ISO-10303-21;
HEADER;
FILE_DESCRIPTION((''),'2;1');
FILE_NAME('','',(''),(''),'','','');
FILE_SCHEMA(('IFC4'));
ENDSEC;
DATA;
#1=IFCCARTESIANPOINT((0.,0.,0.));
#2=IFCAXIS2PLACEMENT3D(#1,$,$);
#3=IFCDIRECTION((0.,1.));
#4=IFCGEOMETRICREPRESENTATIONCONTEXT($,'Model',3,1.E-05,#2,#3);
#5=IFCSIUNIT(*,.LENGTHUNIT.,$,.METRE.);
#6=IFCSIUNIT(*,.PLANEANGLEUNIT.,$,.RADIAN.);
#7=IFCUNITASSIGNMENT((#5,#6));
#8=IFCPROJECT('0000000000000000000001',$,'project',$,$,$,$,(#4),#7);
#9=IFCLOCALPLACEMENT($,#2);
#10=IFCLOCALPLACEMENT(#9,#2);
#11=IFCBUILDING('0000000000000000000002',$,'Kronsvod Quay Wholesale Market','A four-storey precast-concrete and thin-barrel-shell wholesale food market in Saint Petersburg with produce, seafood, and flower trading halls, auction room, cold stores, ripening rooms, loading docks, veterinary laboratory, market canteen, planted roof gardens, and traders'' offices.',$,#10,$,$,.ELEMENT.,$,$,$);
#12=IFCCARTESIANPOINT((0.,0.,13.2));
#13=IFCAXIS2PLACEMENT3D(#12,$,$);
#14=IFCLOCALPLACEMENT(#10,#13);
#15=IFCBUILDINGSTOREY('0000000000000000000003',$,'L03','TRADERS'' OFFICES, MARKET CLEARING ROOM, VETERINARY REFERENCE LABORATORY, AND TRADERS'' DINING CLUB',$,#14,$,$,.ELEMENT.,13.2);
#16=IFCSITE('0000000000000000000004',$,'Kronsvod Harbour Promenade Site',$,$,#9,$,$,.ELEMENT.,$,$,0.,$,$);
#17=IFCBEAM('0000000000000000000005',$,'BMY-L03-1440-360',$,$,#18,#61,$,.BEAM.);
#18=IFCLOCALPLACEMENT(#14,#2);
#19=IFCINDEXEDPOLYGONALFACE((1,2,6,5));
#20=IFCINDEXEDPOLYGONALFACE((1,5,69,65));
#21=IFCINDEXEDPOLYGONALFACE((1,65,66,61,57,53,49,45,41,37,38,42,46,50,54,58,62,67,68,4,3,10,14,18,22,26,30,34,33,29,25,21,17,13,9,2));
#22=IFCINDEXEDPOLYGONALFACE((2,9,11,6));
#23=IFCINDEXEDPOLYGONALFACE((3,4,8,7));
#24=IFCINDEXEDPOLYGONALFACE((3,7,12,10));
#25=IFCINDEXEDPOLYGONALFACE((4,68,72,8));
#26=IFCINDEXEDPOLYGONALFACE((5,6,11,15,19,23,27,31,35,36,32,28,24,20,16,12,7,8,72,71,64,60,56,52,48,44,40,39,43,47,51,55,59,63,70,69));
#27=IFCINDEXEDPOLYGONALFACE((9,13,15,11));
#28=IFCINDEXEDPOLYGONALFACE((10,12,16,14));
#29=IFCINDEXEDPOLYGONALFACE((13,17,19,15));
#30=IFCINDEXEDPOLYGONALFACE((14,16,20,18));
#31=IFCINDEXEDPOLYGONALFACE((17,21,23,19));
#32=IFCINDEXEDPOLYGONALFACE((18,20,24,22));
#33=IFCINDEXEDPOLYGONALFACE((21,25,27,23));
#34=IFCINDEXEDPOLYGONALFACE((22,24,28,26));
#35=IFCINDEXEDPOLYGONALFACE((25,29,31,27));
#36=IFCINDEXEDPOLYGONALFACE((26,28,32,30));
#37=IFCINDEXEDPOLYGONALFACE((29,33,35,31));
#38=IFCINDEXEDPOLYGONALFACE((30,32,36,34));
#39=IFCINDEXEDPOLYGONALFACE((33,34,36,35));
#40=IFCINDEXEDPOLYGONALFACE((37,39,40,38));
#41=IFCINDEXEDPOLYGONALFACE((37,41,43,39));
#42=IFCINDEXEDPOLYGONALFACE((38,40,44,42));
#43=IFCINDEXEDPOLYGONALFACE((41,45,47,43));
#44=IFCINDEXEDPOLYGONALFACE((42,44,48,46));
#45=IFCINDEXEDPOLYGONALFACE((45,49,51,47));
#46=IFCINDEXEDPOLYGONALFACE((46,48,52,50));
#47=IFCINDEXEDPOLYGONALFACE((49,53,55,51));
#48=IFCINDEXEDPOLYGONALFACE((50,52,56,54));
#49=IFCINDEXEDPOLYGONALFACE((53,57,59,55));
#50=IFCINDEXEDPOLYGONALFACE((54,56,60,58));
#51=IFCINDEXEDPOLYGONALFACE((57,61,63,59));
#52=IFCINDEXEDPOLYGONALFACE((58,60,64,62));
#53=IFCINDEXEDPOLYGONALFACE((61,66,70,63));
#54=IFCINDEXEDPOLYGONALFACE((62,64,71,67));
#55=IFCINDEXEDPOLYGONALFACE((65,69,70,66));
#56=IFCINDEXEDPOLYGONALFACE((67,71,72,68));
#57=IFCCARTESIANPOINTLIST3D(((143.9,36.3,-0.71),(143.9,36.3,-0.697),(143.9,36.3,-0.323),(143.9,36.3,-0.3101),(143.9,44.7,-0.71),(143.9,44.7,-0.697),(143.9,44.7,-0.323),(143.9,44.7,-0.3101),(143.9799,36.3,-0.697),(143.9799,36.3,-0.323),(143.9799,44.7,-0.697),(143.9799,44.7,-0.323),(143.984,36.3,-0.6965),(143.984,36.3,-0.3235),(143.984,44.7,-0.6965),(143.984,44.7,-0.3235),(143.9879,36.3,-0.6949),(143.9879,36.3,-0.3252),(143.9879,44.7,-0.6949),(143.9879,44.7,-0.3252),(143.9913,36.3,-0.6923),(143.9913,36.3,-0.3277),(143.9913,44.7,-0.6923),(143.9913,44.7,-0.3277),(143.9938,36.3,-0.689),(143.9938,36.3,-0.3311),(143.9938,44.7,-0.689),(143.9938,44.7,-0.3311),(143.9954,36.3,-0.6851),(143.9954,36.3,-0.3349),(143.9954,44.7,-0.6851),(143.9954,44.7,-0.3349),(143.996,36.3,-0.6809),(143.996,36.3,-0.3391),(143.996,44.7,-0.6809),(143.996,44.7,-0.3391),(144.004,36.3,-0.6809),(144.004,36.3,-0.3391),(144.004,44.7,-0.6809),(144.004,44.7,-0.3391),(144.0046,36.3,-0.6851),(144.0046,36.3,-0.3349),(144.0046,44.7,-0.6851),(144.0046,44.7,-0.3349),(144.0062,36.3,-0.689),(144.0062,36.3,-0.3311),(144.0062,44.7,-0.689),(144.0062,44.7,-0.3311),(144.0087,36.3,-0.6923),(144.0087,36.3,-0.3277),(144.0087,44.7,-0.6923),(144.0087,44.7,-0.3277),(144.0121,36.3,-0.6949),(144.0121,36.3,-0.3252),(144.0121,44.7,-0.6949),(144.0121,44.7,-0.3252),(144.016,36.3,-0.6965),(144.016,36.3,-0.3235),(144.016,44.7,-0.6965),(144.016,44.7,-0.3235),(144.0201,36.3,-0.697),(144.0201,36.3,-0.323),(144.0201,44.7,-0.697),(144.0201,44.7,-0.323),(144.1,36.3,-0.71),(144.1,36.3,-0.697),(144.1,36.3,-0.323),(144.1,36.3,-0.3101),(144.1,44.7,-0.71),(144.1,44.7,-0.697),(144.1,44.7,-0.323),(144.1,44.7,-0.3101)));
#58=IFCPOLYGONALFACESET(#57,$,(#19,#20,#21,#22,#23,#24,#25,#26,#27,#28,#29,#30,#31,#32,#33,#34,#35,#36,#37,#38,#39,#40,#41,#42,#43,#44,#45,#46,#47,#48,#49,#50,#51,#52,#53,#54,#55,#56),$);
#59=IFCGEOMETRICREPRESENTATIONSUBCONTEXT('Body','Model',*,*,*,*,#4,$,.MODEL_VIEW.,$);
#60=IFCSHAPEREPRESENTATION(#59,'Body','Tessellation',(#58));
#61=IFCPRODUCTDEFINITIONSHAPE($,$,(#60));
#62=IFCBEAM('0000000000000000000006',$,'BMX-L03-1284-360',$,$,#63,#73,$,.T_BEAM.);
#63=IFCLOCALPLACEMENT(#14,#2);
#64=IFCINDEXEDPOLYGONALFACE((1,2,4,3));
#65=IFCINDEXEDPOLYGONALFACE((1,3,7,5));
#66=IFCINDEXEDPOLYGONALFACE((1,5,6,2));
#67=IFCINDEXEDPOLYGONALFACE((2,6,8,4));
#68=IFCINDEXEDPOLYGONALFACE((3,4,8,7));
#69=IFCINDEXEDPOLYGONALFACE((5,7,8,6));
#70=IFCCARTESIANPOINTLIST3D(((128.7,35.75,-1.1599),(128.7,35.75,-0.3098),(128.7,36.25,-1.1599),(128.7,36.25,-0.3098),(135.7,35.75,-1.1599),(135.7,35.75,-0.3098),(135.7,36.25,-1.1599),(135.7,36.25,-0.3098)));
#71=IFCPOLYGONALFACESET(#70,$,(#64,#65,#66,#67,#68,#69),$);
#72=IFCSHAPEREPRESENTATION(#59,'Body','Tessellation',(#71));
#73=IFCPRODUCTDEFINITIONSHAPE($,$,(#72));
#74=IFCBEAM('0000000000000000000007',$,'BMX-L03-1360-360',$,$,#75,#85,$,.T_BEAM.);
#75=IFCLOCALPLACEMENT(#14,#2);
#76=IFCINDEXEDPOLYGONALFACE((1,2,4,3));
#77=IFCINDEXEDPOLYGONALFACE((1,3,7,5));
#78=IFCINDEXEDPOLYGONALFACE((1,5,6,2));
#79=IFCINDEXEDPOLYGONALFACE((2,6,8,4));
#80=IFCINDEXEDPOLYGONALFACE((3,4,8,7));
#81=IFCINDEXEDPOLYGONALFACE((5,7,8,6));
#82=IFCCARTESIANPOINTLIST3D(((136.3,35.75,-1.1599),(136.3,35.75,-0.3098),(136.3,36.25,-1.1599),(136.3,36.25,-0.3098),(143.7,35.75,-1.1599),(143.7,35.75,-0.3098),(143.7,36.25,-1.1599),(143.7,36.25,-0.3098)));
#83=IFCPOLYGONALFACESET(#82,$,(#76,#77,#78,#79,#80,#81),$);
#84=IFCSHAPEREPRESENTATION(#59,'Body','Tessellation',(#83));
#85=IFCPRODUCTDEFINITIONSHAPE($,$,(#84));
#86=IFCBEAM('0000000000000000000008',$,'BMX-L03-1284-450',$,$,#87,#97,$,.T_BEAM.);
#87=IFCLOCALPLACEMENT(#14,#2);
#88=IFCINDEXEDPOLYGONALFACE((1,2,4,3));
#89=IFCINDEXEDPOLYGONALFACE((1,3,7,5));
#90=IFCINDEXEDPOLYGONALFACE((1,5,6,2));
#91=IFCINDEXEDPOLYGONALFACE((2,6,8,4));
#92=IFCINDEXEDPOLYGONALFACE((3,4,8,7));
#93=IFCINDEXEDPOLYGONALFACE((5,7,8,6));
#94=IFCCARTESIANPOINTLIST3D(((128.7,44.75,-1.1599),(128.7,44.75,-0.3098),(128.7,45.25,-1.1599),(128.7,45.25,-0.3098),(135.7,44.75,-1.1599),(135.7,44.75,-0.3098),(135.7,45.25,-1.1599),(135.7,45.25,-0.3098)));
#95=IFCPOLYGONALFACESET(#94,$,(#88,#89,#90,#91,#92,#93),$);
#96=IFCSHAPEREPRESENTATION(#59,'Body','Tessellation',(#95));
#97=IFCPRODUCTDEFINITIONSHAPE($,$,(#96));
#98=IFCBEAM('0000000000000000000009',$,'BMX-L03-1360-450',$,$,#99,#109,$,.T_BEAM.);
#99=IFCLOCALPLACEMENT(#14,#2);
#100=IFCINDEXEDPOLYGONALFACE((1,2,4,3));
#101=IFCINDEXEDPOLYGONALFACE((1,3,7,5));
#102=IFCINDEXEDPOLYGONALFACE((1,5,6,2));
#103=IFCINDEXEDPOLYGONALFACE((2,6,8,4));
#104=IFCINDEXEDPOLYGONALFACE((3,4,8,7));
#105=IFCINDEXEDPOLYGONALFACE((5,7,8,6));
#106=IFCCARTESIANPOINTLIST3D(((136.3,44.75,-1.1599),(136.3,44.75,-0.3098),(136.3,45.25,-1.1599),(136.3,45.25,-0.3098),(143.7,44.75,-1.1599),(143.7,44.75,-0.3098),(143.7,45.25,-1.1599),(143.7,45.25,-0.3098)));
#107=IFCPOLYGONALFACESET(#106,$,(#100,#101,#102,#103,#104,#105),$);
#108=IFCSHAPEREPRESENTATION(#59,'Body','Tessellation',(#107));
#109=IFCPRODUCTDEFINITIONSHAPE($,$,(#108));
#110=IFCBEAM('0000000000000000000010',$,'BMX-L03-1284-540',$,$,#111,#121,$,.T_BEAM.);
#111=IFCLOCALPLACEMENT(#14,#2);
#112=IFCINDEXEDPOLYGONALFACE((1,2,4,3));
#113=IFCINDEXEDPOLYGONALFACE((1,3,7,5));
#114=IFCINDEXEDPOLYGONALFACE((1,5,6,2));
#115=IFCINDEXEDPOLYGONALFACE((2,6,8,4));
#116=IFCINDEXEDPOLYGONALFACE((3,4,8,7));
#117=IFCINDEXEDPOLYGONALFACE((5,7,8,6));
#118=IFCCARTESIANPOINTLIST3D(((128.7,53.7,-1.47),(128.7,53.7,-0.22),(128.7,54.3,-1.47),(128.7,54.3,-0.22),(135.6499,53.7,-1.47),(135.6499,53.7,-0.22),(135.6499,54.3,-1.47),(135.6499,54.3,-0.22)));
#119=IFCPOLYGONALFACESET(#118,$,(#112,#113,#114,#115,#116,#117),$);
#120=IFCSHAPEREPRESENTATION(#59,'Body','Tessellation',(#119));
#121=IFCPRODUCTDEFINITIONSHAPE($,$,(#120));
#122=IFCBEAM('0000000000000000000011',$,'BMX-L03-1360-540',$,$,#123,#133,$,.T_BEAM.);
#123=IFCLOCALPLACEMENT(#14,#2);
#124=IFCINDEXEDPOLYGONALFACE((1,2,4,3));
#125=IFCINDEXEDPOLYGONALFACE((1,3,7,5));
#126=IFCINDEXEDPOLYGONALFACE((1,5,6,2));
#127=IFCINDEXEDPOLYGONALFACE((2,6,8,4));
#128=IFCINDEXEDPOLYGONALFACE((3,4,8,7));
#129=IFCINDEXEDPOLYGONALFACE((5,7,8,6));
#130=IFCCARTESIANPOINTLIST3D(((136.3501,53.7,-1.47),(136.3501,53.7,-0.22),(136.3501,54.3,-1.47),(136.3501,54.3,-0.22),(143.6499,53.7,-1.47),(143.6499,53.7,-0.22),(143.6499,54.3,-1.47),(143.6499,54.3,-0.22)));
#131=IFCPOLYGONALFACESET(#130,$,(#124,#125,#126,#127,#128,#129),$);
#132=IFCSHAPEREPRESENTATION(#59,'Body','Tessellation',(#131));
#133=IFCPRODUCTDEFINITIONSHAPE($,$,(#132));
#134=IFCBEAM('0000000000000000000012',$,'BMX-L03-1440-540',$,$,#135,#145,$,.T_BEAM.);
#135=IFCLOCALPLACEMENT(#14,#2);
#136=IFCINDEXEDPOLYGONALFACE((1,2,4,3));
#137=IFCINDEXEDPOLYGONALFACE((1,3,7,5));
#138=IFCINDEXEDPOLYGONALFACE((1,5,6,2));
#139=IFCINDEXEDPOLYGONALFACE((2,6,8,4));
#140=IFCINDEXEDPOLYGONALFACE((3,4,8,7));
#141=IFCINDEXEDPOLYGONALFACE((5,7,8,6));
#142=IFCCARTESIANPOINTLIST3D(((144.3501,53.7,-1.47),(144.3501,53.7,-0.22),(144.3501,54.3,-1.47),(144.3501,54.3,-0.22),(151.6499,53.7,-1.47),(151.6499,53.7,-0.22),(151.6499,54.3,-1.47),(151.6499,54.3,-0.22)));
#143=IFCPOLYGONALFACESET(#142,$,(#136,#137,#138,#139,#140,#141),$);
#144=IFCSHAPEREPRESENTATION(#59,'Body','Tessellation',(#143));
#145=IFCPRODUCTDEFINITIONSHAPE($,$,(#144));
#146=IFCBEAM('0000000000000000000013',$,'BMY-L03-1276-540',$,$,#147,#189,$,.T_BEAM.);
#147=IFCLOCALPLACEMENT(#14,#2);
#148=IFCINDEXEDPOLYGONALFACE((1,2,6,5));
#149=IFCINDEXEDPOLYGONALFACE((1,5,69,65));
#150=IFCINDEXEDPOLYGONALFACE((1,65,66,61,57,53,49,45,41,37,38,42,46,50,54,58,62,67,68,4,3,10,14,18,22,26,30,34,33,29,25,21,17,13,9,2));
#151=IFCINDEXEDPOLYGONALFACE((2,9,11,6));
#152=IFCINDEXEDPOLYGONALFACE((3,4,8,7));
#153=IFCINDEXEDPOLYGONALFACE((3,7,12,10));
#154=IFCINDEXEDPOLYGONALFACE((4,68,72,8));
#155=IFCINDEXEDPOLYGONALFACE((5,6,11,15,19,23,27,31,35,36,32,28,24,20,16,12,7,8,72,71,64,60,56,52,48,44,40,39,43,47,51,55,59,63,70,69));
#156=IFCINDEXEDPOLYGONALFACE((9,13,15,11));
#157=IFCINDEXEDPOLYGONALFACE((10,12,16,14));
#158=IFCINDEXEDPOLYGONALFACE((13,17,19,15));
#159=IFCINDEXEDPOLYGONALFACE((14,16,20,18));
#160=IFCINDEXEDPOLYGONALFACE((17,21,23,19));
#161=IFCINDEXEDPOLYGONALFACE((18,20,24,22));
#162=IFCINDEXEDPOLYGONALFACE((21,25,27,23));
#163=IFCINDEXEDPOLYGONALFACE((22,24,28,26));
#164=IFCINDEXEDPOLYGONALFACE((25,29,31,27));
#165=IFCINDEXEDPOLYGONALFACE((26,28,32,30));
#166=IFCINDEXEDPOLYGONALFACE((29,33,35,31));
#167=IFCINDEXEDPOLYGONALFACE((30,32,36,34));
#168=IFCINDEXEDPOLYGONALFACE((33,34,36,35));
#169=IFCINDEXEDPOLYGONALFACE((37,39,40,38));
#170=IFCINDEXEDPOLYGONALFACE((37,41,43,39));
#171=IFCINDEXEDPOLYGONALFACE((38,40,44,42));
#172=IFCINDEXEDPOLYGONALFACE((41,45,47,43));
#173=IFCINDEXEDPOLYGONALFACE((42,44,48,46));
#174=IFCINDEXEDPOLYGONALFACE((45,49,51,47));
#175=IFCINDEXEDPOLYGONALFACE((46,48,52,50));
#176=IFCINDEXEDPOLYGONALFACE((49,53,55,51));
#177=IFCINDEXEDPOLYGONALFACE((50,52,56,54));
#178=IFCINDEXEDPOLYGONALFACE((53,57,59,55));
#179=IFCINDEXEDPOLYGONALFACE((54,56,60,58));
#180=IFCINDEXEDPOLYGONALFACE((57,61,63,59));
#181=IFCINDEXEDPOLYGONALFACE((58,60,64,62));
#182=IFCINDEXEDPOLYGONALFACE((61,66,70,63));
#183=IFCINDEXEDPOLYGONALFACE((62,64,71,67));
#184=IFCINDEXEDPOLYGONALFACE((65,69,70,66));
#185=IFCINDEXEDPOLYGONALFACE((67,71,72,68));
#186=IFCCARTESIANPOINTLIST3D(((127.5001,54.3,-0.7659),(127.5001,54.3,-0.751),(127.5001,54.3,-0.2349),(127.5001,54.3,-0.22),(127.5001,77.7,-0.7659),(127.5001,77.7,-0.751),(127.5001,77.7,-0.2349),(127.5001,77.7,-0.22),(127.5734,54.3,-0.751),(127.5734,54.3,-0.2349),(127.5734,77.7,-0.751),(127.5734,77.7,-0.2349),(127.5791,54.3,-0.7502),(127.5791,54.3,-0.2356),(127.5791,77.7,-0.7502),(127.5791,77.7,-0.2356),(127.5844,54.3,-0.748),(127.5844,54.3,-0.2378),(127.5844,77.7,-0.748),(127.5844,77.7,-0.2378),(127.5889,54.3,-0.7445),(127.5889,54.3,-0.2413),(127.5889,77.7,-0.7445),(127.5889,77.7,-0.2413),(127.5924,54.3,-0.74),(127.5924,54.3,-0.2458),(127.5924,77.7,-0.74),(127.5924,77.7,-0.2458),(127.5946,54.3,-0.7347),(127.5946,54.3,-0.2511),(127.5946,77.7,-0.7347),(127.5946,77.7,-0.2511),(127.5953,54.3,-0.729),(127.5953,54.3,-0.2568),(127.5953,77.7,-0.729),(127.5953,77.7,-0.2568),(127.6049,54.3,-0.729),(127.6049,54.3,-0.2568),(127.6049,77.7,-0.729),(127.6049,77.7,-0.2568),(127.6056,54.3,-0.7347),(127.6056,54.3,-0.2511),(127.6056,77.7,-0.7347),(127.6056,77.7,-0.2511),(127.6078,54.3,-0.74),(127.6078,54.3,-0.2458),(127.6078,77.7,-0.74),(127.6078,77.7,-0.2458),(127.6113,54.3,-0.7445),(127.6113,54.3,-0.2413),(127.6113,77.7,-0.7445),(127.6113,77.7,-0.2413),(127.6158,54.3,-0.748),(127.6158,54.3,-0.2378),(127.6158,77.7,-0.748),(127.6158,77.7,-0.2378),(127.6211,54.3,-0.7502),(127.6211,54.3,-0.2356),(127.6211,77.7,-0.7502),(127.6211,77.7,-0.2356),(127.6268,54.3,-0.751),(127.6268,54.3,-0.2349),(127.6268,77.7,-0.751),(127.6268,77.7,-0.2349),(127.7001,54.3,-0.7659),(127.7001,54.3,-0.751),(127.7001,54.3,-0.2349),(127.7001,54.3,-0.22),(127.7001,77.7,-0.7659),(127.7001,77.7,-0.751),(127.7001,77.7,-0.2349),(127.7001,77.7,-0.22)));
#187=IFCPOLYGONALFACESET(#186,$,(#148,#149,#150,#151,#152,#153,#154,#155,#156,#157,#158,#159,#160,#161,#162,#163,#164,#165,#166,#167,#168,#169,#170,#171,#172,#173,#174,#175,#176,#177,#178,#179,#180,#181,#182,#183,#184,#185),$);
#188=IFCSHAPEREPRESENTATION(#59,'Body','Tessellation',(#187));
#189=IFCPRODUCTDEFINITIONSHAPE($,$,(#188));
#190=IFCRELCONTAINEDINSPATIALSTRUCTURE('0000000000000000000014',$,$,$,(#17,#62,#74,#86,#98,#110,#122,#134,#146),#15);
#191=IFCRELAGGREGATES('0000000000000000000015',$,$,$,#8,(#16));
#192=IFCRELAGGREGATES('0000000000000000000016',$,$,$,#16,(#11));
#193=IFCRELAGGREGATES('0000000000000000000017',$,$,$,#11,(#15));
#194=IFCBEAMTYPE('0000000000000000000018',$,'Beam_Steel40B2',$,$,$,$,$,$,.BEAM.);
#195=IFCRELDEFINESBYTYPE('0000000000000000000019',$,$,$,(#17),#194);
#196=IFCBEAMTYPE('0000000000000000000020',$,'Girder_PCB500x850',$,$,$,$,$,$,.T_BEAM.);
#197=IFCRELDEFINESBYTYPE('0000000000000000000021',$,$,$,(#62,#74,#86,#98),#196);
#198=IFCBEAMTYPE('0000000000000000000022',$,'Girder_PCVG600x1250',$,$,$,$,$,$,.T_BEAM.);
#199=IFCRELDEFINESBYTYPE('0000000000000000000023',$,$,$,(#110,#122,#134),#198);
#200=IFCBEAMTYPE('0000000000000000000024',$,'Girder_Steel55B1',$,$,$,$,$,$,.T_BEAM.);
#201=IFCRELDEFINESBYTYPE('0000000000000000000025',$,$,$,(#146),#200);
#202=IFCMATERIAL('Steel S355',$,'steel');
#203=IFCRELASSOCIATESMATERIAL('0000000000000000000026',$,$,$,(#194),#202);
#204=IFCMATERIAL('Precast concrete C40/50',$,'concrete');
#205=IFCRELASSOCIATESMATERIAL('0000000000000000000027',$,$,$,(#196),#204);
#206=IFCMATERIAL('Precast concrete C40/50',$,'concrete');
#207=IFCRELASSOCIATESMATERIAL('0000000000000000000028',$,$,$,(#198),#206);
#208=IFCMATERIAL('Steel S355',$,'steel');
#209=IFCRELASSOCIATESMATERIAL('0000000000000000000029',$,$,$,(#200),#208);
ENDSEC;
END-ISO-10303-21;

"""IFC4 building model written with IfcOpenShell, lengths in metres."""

from ifc_helpers import new_model, si_unit, direction, frame, origin, origin_2d, place, context, subcontext, project, spatial, rectangle, i_section, extrude, material, material_profile, profile_set, type_object, element, save


model = new_model("IFC4")

# Units and contexts
model_context = context("Model", 3, precision=1e-05, world=origin(), true_north=direction((0.0, 1.0)))
body_context = subcontext(model_context, "Body", "Model", "MODEL_VIEW")
ifc_project = project(units=[si_unit("LENGTHUNIT", "METRE"), si_unit("PLANEANGLEUNIT", "RADIAN")], contexts=[model_context])

# Site, building, storey
site_placement = place(None, origin())
site = spatial("IfcSite", under=ifc_project, at=site_placement, Name="Kronsvod Harbour Promenade Site", CompositionType="ELEMENT", RefElevation=0.0)
building_placement = place(site_placement, origin())
building = spatial("IfcBuilding", under=site, at=building_placement, Name="Kronsvod Quay Wholesale Market", Description="A four-storey precast-concrete and thin-barrel-shell wholesale food market in Saint Petersburg with produce, seafood, and flower trading halls, auction room, cold stores, ripening rooms, loading docks, veterinary laboratory, market canteen, planted roof gardens, and traders' offices.", CompositionType="ELEMENT")
storey_placement = place(building_placement, frame((0.0, 0.0, 13.2)))
storey = spatial("IfcBuildingStorey", under=building, at=storey_placement, Name="L03", Description="TRADERS' OFFICES, MARKET CLEARING ROOM, VETERINARY REFERENCE LABORATORY, AND TRADERS' DINING CLUB", CompositionType="ELEMENT", Elevation=13.2)

# Beams
ifc_material_1 = material(Name="Steel S355", Category="steel")
ifc_material_profile_1 = material_profile(ifc_material_1, i_section(OverallWidth=0.2, OverallDepth=0.3999, WebThickness=0.0081, FlangeThickness=0.0129, FilletRadius=0.0161, at=origin_2d()), Name="40B2")
ifc_profile_set_1 = profile_set([ifc_material_profile_1], Name="Steel S355")
beam_type_1 = type_object("IfcBeamType", Name="Beam_Steel40B2", PredefinedType="BEAM", material=ifc_profile_set_1)
for number, where, z_axis, x_axis, name in (
    (1, (144.0, 36.3, -0.51), (0.0, 1.0, 0.0), (-1.0, 0.0, 0.0), "BMY-L03-1440-360"),
):
    element("IfcBeam", number, at=place(storey_placement, frame(where, z_axis=z_axis, x_axis=x_axis)), inside=storey, type_object=beam_type_1, Name=name, PredefinedType="BEAM", context=body_context, shape_type="SweptSolid", body=[
        extrude(i_section(OverallWidth=0.2, OverallDepth=0.3999, WebThickness=0.0081, FlangeThickness=0.0129, FilletRadius=0.0161, at=origin_2d()), origin(), (0.0, 0.0, 1.0), 8.3999),
    ])
ifc_material_2 = material(Name="Precast concrete C40/50", Category="concrete")
ifc_material_profile_2 = material_profile(ifc_material_2, rectangle(XDim=0.5, YDim=0.8501, at=origin_2d()), Name="PCB500x850")
ifc_profile_set_2 = profile_set([ifc_material_profile_2], Name="Precast concrete C40/50")
beam_type_2 = type_object("IfcBeamType", Name="Girder_PCB500x850", PredefinedType="T_BEAM", material=ifc_profile_set_2)
beam_1_placement = place(storey_placement, frame((128.7, 36.0, -0.7349), z_axis=(1.0, 0.0, 0.0), x_axis=(0.0, 1.0, 0.0)))
element("IfcBeam", 2, at=beam_1_placement, inside=storey, type_object=beam_type_2, Name="BMX-L03-1284-360", PredefinedType="T_BEAM", context=body_context, shape_type="SweptSolid", body=[
    extrude(rectangle(XDim=0.5, YDim=0.8501, at=origin_2d()), origin(), (0.0, 0.0, 1.0), 7.0),
])
beam_2_placement = place(storey_placement, frame((136.3, 36.0, -0.7349), z_axis=(1.0, 0.0, 0.0), x_axis=(0.0, 1.0, 0.0)))
element("IfcBeam", 3, at=beam_2_placement, inside=storey, type_object=beam_type_2, Name="BMX-L03-1360-360", PredefinedType="T_BEAM", context=body_context, shape_type="SweptSolid", body=[
    extrude(rectangle(XDim=0.5, YDim=0.8501, at=origin_2d()), origin(), (0.0, 0.0, 1.0), 7.3999),
])
beam_3_placement = place(storey_placement, frame((128.7, 45.0, -0.7349), z_axis=(1.0, 0.0, 0.0), x_axis=(0.0, 1.0, 0.0)))
element("IfcBeam", 4, at=beam_3_placement, inside=storey, type_object=beam_type_2, Name="BMX-L03-1284-450", PredefinedType="T_BEAM", context=body_context, shape_type="SweptSolid", body=[
    extrude(rectangle(XDim=0.5, YDim=0.8501, at=origin_2d()), origin(), (0.0, 0.0, 1.0), 7.0),
])
beam_4_placement = place(storey_placement, frame((136.3, 45.0, -0.7349), z_axis=(1.0, 0.0, 0.0), x_axis=(0.0, 1.0, 0.0)))
element("IfcBeam", 5, at=beam_4_placement, inside=storey, type_object=beam_type_2, Name="BMX-L03-1360-450", PredefinedType="T_BEAM", context=body_context, shape_type="SweptSolid", body=[
    extrude(rectangle(XDim=0.5, YDim=0.8501, at=origin_2d()), origin(), (0.0, 0.0, 1.0), 7.3999),
])
ifc_material_3 = material(Name="Precast concrete C40/50", Category="concrete")
ifc_material_profile_3 = material_profile(ifc_material_3, rectangle(XDim=0.6001, YDim=1.25, at=origin_2d()), Name="PCVG600x1250")
ifc_profile_set_3 = profile_set([ifc_material_profile_3], Name="Precast concrete C40/50")
beam_type_3 = type_object("IfcBeamType", Name="Girder_PCVG600x1250", PredefinedType="T_BEAM", material=ifc_profile_set_3)
beam_5_placement = place(storey_placement, frame((128.7, 54.0, -0.845), z_axis=(1.0, 0.0, 0.0), x_axis=(0.0, 1.0, 0.0)))
element("IfcBeam", 6, at=beam_5_placement, inside=storey, type_object=beam_type_3, Name="BMX-L03-1284-540", PredefinedType="T_BEAM", context=body_context, shape_type="SweptSolid", body=[
    extrude(rectangle(XDim=0.6001, YDim=1.25, at=origin_2d()), origin(), (0.0, 0.0, 1.0), 6.95),
])
for number, where, z_axis, x_axis, name in (
    (7, (136.3501, 54.0, -0.845), (1.0, 0.0, 0.0), (0.0, 1.0, 0.0), "BMX-L03-1360-540"),
    (8, (144.3501, 54.0, -0.845), (1.0, 0.0, 0.0), (0.0, 1.0, 0.0), "BMX-L03-1440-540"),
):
    element("IfcBeam", number, at=place(storey_placement, frame(where, z_axis=z_axis, x_axis=x_axis)), inside=storey, type_object=beam_type_3, Name=name, PredefinedType="T_BEAM", context=body_context, shape_type="SweptSolid", body=[
        extrude(rectangle(XDim=0.6001, YDim=1.25, at=origin_2d()), origin(), (0.0, 0.0, 1.0), 7.2998),
    ])
ifc_material_4 = material(Name="Steel S355", Category="steel")
ifc_material_profile_4 = material_profile(ifc_material_4, i_section(OverallWidth=0.2, OverallDepth=0.5459, WebThickness=0.0095, FlangeThickness=0.0149, FilletRadius=0.022, at=origin_2d()), Name="55B1")
ifc_profile_set_4 = profile_set([ifc_material_profile_4], Name="Steel S355")
beam_type_4 = type_object("IfcBeamType", Name="Girder_Steel55B1", PredefinedType="T_BEAM", material=ifc_profile_set_4)
for number, where, z_axis, x_axis, name in (
    (9, (127.6001, 54.3, -0.4929), (0.0, 1.0, 0.0), (-1.0, 0.0, 0.0), "BMY-L03-1276-540"),
):
    element("IfcBeam", number, at=place(storey_placement, frame(where, z_axis=z_axis, x_axis=x_axis)), inside=storey, type_object=beam_type_4, Name=name, PredefinedType="T_BEAM", context=body_context, shape_type="SweptSolid", body=[
        extrude(i_section(OverallWidth=0.2, OverallDepth=0.5459, WebThickness=0.0095, FlangeThickness=0.0149, FilletRadius=0.022, at=origin_2d()), origin(), (0.0, 0.0, 1.0), 23.3999),
    ])

save(model, "model.ifc")
